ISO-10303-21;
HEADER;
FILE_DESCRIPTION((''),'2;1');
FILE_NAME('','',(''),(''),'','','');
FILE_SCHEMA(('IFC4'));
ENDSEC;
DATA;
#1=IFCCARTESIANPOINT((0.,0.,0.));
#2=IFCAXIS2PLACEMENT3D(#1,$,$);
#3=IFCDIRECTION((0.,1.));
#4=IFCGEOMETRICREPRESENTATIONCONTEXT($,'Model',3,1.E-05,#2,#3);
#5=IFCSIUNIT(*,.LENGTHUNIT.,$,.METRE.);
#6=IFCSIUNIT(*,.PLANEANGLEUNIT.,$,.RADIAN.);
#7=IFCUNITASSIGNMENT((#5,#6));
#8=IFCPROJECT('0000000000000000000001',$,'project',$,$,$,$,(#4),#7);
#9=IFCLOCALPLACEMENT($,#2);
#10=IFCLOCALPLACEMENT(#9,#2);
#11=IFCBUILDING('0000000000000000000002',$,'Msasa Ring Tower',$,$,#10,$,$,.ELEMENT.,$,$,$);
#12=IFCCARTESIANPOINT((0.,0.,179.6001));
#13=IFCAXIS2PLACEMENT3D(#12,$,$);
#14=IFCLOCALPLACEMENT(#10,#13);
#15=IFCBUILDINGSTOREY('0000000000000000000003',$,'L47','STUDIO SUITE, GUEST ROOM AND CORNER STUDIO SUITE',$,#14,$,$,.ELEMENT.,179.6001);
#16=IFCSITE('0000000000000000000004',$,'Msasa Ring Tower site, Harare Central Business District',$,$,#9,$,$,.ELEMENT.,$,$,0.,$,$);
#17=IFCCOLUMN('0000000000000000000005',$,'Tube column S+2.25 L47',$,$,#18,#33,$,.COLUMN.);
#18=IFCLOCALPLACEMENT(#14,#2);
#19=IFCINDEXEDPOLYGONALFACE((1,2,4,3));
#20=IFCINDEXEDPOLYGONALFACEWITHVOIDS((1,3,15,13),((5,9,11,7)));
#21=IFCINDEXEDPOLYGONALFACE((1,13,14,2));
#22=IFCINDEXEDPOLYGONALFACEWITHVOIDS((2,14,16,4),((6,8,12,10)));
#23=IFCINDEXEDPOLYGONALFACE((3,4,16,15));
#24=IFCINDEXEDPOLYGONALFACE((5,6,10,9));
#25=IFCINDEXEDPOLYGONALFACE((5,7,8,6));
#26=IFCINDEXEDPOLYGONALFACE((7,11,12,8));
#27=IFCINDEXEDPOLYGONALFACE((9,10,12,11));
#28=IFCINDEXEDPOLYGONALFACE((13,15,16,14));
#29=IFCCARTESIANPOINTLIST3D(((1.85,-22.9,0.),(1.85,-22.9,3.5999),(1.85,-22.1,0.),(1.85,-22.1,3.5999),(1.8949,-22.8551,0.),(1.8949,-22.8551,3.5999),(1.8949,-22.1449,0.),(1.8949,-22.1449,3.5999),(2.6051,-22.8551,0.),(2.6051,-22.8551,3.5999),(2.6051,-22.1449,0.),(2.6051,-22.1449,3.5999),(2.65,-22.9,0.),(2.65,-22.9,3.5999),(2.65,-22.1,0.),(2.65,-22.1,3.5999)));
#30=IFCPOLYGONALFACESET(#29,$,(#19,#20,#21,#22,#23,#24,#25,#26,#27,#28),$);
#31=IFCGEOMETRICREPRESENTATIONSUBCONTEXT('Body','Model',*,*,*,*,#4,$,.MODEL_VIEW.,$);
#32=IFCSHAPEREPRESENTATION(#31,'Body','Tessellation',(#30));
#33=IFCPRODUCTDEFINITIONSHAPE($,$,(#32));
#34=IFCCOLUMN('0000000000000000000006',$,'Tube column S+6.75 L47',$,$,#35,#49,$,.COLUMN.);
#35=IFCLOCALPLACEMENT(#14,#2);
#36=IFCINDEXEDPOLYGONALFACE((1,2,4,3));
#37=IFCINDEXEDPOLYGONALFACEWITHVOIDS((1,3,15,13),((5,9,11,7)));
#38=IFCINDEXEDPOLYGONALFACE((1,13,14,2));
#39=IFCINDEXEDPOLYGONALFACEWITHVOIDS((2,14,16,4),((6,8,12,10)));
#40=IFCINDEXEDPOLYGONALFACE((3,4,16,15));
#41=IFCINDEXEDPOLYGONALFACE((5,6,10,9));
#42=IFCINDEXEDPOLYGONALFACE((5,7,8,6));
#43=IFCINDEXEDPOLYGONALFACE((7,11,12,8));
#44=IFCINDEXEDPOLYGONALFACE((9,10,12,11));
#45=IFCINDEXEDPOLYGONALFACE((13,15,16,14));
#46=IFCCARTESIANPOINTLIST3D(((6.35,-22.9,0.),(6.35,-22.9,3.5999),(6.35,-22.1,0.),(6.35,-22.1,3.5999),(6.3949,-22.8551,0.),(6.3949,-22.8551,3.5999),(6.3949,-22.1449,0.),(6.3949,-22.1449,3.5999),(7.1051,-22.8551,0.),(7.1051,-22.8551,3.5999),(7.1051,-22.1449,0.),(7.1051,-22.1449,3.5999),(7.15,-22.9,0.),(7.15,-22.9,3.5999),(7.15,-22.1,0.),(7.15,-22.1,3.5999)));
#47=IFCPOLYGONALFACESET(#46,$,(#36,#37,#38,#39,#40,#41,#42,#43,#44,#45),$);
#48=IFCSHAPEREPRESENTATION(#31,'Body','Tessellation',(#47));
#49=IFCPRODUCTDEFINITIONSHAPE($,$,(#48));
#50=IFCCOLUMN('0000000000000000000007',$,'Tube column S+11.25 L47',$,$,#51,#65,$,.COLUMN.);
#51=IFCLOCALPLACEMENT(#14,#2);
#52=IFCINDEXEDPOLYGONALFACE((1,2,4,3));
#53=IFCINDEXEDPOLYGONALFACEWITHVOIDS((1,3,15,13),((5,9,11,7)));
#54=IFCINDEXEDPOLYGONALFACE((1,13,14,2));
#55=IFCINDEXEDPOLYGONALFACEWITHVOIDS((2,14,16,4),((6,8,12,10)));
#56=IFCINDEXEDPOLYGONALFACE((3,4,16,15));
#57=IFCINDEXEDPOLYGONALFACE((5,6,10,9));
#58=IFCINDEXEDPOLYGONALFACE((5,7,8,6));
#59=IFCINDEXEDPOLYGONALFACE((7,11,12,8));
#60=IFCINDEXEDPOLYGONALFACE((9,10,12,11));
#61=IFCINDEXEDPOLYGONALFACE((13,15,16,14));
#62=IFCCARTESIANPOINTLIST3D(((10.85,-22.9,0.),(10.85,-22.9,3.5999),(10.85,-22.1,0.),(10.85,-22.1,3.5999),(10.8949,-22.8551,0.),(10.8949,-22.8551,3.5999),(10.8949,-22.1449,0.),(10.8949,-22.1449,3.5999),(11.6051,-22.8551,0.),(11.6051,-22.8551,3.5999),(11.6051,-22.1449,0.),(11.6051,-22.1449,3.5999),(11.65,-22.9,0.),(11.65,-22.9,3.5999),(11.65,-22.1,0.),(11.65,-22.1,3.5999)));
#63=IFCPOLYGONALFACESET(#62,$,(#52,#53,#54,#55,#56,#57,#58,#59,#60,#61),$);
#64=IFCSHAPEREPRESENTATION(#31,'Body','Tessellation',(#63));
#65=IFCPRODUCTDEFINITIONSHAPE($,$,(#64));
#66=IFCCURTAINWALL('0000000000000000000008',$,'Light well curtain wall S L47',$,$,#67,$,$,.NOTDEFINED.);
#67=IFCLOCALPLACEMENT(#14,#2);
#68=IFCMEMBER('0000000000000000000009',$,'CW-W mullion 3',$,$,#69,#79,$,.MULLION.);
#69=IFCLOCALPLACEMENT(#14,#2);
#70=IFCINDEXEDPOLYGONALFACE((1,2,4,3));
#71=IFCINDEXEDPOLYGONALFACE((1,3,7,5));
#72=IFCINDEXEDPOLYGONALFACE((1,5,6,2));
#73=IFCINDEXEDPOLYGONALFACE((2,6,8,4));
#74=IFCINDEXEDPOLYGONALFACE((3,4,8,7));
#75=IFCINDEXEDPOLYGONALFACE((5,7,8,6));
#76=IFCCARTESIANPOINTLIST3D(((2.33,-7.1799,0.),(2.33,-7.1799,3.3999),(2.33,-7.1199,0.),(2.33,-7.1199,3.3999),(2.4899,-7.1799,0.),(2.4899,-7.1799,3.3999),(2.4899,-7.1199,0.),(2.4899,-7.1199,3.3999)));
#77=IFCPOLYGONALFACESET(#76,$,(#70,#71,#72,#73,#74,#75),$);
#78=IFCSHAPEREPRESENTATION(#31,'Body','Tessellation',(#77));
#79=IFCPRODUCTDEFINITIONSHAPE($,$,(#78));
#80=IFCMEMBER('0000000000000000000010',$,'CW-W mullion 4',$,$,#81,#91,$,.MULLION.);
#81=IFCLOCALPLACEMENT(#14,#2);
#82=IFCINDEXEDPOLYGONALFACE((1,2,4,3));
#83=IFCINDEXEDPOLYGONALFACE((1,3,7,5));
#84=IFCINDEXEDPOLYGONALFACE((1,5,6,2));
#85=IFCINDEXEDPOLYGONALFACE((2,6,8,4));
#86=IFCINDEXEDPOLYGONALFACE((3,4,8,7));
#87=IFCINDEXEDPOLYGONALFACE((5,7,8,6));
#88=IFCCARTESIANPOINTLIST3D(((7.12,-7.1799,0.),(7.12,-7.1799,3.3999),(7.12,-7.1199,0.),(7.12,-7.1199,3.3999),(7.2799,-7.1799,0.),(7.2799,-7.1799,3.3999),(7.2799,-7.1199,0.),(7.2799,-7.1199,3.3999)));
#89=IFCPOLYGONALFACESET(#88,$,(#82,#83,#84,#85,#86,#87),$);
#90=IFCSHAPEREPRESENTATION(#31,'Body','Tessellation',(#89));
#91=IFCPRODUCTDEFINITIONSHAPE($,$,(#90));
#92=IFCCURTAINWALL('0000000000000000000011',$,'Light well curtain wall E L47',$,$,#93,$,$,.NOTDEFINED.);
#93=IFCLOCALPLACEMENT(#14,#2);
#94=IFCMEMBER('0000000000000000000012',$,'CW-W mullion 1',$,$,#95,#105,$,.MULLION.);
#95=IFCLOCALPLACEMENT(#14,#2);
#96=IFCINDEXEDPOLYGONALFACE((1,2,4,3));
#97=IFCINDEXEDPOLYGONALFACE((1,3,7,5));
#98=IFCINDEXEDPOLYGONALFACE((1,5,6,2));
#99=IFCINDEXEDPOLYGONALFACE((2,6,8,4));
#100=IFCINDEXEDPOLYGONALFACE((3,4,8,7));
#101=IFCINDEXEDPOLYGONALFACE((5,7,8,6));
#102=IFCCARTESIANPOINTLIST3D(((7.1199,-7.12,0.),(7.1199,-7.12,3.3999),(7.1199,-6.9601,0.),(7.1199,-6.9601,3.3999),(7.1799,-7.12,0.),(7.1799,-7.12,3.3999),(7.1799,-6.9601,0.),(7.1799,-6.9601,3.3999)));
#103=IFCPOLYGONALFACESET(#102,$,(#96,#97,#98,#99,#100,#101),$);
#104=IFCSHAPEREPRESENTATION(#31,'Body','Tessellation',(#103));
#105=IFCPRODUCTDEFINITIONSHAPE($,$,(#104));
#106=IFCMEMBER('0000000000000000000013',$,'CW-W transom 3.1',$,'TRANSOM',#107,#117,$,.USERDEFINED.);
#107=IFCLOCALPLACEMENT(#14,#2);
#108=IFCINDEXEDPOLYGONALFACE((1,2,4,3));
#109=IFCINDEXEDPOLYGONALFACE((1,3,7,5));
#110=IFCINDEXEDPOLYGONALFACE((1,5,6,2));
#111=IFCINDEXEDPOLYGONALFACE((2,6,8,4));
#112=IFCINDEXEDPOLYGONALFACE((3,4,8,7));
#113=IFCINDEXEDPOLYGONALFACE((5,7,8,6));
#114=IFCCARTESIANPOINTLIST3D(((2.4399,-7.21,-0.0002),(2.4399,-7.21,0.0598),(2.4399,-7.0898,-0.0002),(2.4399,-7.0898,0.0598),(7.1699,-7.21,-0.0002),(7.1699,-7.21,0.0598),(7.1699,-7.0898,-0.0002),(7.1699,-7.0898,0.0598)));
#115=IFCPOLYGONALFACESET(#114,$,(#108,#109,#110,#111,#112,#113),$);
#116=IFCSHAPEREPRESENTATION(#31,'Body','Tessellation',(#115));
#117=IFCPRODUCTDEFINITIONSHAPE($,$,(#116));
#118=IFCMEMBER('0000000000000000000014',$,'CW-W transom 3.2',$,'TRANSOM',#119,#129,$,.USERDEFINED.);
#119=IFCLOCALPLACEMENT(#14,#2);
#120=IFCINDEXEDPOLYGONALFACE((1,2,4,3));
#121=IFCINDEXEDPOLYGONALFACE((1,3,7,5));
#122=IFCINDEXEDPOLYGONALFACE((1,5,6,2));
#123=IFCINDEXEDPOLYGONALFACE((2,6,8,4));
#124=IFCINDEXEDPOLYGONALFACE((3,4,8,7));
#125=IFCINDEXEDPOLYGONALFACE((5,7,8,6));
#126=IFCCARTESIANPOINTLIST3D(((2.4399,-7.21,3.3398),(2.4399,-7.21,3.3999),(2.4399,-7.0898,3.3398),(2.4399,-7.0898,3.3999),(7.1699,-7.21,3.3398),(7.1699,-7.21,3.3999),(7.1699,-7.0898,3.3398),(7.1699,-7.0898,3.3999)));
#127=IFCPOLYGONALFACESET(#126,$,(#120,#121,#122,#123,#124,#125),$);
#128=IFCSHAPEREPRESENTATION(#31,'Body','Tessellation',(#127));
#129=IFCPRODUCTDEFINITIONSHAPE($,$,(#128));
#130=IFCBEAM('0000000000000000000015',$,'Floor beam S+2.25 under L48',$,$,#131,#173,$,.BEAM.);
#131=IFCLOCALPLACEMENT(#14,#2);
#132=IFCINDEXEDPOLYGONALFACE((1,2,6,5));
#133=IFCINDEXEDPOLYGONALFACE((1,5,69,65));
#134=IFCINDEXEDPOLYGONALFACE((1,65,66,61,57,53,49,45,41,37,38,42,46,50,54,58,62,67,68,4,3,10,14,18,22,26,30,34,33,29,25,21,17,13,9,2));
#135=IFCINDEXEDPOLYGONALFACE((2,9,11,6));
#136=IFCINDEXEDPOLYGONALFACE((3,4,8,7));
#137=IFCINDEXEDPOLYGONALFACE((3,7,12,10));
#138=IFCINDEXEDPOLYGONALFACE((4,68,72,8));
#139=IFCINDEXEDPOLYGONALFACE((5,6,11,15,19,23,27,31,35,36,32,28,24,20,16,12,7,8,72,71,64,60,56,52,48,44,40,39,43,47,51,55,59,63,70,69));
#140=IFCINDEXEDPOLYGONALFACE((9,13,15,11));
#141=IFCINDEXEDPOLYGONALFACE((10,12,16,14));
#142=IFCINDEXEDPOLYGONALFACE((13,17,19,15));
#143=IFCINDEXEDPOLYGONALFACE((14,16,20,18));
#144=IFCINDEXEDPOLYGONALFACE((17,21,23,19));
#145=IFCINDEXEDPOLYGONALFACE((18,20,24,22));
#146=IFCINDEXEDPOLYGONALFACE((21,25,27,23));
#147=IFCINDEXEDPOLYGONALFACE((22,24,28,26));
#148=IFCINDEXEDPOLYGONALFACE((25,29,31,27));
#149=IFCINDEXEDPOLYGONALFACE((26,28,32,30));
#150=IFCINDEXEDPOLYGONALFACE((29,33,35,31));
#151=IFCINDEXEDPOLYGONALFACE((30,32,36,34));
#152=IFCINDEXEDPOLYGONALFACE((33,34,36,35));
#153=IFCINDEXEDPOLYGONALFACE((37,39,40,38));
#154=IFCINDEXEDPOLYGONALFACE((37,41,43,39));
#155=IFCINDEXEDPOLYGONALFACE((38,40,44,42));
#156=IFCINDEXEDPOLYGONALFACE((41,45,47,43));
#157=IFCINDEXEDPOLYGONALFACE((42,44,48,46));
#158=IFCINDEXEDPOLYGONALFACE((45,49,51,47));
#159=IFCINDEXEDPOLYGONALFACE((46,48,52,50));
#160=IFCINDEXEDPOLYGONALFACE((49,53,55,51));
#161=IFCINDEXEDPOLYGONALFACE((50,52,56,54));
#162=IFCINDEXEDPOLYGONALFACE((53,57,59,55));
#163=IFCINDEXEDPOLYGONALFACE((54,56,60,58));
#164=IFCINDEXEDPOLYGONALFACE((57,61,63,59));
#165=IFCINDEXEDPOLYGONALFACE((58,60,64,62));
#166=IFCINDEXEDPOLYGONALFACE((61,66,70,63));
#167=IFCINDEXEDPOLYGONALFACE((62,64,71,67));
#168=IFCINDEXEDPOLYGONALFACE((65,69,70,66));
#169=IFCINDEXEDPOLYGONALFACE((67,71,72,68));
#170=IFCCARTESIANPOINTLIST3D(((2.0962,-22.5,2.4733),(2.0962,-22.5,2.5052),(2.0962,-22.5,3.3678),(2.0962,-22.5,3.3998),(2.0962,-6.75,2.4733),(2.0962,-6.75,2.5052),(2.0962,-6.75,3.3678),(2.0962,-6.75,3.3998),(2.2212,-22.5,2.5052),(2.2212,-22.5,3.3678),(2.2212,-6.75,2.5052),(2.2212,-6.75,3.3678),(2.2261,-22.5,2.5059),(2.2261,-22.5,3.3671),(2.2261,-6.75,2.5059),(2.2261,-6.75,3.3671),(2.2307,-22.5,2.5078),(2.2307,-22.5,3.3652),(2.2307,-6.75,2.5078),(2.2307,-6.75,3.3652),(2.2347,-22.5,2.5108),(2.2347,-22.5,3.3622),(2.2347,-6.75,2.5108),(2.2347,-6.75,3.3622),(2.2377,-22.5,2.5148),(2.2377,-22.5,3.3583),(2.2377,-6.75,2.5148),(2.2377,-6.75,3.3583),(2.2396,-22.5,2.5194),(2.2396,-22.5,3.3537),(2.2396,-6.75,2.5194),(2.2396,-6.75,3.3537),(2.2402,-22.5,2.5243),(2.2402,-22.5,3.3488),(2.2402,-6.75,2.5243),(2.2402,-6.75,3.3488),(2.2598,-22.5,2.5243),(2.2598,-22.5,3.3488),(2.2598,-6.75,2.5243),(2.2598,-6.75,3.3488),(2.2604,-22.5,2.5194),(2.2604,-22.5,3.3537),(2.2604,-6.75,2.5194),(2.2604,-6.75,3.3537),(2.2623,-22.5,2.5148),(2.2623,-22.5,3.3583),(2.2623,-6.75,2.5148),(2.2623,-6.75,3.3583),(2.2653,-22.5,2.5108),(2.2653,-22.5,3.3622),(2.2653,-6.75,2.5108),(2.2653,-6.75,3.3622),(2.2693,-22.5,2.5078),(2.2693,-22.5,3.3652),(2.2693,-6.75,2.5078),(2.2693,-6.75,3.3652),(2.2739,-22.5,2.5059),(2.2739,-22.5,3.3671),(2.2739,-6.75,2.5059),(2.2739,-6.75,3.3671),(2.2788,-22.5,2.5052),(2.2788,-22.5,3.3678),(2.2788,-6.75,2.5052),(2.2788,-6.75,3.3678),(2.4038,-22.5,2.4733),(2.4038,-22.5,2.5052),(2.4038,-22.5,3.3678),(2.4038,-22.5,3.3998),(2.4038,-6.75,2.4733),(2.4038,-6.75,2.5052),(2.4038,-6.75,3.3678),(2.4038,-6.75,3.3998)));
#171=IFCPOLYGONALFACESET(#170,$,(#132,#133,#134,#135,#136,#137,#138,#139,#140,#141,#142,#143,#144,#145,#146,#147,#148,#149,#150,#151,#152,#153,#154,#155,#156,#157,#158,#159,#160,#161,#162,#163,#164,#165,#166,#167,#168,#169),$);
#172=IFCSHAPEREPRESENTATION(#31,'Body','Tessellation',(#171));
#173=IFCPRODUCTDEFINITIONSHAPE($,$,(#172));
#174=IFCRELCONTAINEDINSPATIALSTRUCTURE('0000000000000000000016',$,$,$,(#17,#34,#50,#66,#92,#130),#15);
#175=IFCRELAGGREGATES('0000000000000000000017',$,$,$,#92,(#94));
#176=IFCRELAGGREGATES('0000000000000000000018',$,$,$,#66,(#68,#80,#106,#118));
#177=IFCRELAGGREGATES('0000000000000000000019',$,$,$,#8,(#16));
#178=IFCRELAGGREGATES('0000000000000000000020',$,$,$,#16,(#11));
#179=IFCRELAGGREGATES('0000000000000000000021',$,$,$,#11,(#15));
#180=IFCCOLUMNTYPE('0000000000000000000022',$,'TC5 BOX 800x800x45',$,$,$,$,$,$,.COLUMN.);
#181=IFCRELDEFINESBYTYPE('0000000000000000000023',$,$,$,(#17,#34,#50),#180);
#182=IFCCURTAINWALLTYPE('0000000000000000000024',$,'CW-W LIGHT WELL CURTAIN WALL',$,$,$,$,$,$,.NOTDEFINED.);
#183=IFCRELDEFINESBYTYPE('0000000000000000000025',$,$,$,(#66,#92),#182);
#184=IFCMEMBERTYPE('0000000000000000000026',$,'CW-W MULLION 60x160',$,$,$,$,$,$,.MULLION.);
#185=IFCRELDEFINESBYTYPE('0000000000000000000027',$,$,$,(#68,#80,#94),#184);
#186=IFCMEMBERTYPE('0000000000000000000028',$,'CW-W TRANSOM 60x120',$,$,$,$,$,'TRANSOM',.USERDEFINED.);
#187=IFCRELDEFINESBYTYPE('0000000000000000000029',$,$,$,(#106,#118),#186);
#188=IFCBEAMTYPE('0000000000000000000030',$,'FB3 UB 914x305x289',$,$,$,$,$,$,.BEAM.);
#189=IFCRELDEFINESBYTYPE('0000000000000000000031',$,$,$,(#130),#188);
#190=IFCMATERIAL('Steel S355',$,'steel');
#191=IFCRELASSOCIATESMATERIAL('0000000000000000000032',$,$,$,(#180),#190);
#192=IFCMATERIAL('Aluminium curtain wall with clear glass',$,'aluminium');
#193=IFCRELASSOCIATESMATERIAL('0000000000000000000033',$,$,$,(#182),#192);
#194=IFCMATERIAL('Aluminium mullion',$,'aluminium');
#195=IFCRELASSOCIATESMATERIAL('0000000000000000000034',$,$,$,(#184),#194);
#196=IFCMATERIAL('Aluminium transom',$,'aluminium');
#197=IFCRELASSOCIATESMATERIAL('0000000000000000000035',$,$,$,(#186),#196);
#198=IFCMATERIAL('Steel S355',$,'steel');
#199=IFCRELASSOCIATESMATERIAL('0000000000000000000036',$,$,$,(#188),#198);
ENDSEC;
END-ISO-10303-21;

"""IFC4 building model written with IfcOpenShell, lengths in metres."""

from ifc_helpers import new_model, si_unit, direction, frame, origin, origin_2d, place, context, subcontext, project, spatial, rectangle, hollow_rectangle, i_section, extrude, material, material_profile, profile_set, type_object, element, aggregate, save


model = new_model("IFC4")

# Units and contexts
model_context = context("Model", 3, precision=1e-05, world=origin(), true_north=direction((0.0, 1.0)))
body_context = subcontext(model_context, "Body", "Model", "MODEL_VIEW")
ifc_project = project(units=[si_unit("LENGTHUNIT", "METRE"), si_unit("PLANEANGLEUNIT", "RADIAN")], contexts=[model_context])

# Site, building, storey
site_placement = place(None, origin())
site = spatial("IfcSite", under=ifc_project, at=site_placement, Name="Msasa Ring Tower site, Harare Central Business District", CompositionType="ELEMENT", RefElevation=0.0)
building_placement = place(site_placement, origin())
building = spatial("IfcBuilding", under=site, at=building_placement, Name="Msasa Ring Tower", CompositionType="ELEMENT")
storey_placement = place(building_placement, frame((0.0, 0.0, 179.6001)))
storey = spatial("IfcBuildingStorey", under=building, at=storey_placement, Name="L47", Description="STUDIO SUITE, GUEST ROOM AND CORNER STUDIO SUITE", CompositionType="ELEMENT", Elevation=179.6001)

# Columns
ifc_material_1 = material(Name="Steel S355", Category="steel")
ifc_material_profile_1 = material_profile(ifc_material_1, hollow_rectangle(XDim=0.8, YDim=0.8, WallThickness=0.0449, at=origin_2d()), Name="BOX 800x800x45")
ifc_profile_set_1 = profile_set([ifc_material_profile_1], Name="Steel S355")
column_type = type_object("IfcColumnType", Name="TC5 BOX 800x800x45", PredefinedType="COLUMN", material=ifc_profile_set_1)
for number, where, z_axis, x_axis, name in (
    (1, (2.25, -22.5, 0.0), (0.0, 0.0, 1.0), (0.0, 1.0, 0.0), "Tube column S+2.25 L47"),
    (2, (6.75, -22.5, 0.0), (0.0, 0.0, 1.0), (0.0, 1.0, 0.0), "Tube column S+6.75 L47"),
    (3, (11.25, -22.5, 0.0), (0.0, 0.0, 1.0), (0.0, 1.0, 0.0), "Tube column S+11.25 L47"),
):
    element("IfcColumn", number, at=place(storey_placement, frame(where, z_axis=z_axis, x_axis=x_axis)), inside=storey, type_object=column_type, Name=name, PredefinedType="COLUMN", context=body_context, shape_type="SweptSolid", body=[
        extrude(hollow_rectangle(XDim=0.8, YDim=0.8, WallThickness=0.0449, at=origin_2d()), origin(), (0.0, 0.0, 1.0), 3.5999),
    ])

# Curtain wall, members
ifc_material_2 = material(Name="Aluminium curtain wall with clear glass", Category="aluminium")
curtain_wall_type = type_object("IfcCurtainWallType", Name="CW-W LIGHT WELL CURTAIN WALL", PredefinedType="NOTDEFINED", material=ifc_material_2)
curtain_wall_1_placement = place(storey_placement, origin())
curtain_wall_1 = element("IfcCurtainWall", 4, at=curtain_wall_1_placement, inside=storey, type_object=curtain_wall_type, Name="Light well curtain wall S L47", PredefinedType="NOTDEFINED")
ifc_material_3 = material(Name="Aluminium mullion", Category="aluminium")
ifc_material_profile_2 = material_profile(ifc_material_3, rectangle(XDim=0.0601, YDim=0.1599, at=origin_2d()), Name="AL 60x160")
ifc_profile_set_2 = profile_set([ifc_material_profile_2], Name="Aluminium mullion")
member_type_1 = type_object("IfcMemberType", Name="CW-W MULLION 60x160", PredefinedType="MULLION", material=ifc_profile_set_2)
member_1_placement = place(storey_placement, frame((2.4099, -7.1499, 0.0), z_axis=(0.0, 0.0, 1.0), x_axis=(0.0, 1.0, 0.0)))
member_1 = element("IfcMember", 5, at=member_1_placement, type_object=member_type_1, Name="CW-W mullion 3", PredefinedType="MULLION", context=body_context, shape_type="SweptSolid", body=[
    extrude(rectangle(XDim=0.0601, YDim=0.1599, at=origin_2d()), origin(), (0.0, 0.0, 1.0), 3.3999),
])
member_2_placement = place(storey_placement, frame((7.2, -7.1499, 0.0), z_axis=(0.0, 0.0, 1.0), x_axis=(0.0, 1.0, 0.0)))
member_2 = element("IfcMember", 6, at=member_2_placement, type_object=member_type_1, Name="CW-W mullion 4", PredefinedType="MULLION", context=body_context, shape_type="SweptSolid", body=[
    extrude(rectangle(XDim=0.0601, YDim=0.1599, at=origin_2d()), origin(), (0.0, 0.0, 1.0), 3.3999),
])

# Curtain wall, member
curtain_wall_2_placement = place(storey_placement, origin())
curtain_wall_2 = element("IfcCurtainWall", 7, at=curtain_wall_2_placement, inside=storey, type_object=curtain_wall_type, Name="Light well curtain wall E L47", PredefinedType="NOTDEFINED")
member_3_placement = place(storey_placement, frame((7.1499, -7.04, 0.0), z_axis=(0.0, 0.0, 1.0), x_axis=(-1.0, 0.0, 0.0)))
member_3 = element("IfcMember", 8, at=member_3_placement, type_object=member_type_1, Name="CW-W mullion 1", PredefinedType="MULLION", context=body_context, shape_type="SweptSolid", body=[
    extrude(rectangle(XDim=0.0601, YDim=0.1599, at=origin_2d()), origin(), (0.0, 0.0, 1.0), 3.3999),
])
aggregate(curtain_wall_2, [member_3])

# Members
ifc_material_4 = material(Name="Aluminium transom", Category="aluminium")
ifc_material_profile_3 = material_profile(ifc_material_4, rectangle(XDim=0.1201, YDim=0.0601, at=origin_2d()), Name="AL 60x120")
ifc_profile_set_3 = profile_set([ifc_material_profile_3], Name="Aluminium transom")
member_type_2 = type_object("IfcMemberType", Name="CW-W TRANSOM 60x120", ElementType="TRANSOM", PredefinedType="USERDEFINED", material=ifc_profile_set_3)
member_4_placement = place(storey_placement, frame((2.4399, -7.1499, 0.0298), z_axis=(1.0, 0.0, 0.0), x_axis=(0.0, 1.0, 0.0)))
member_4 = element("IfcMember", 9, at=member_4_placement, type_object=member_type_2, Name="CW-W transom 3.1", ObjectType="TRANSOM", PredefinedType="USERDEFINED", context=body_context, shape_type="SweptSolid", body=[
    extrude(rectangle(XDim=0.1201, YDim=0.0601, at=origin_2d()), origin(), (0.0, 0.0, 1.0), 4.73),
])
member_5_placement = place(storey_placement, frame((2.4399, -7.1499, 3.3699), z_axis=(1.0, 0.0, 0.0), x_axis=(0.0, 1.0, 0.0)))
member_5 = element("IfcMember", 10, at=member_5_placement, type_object=member_type_2, Name="CW-W transom 3.2", ObjectType="TRANSOM", PredefinedType="USERDEFINED", context=body_context, shape_type="SweptSolid", body=[
    extrude(rectangle(XDim=0.1201, YDim=0.0601, at=origin_2d()), origin(), (0.0, 0.0, 1.0), 4.73),
])

# Beam
ifc_material_5 = material(Name="Steel S355", Category="steel")
ifc_material_profile_4 = material_profile(ifc_material_5, i_section(OverallWidth=0.3076, OverallDepth=0.9265, WebThickness=0.0195, FlangeThickness=0.032, FilletRadius=0.019, at=origin_2d()), Name="UB 914x305x289")
ifc_profile_set_4 = profile_set([ifc_material_profile_4], Name="Steel S355")
beam_type_1 = type_object("IfcBeamType", Name="FB3 UB 914x305x289", PredefinedType="BEAM", material=ifc_profile_set_4)
for number, where, z_axis, x_axis, name in (
    (11, (2.25, -22.5, 2.9365), (0.0, 1.0, 0.0), (-1.0, 0.0, 0.0), "Floor beam S+2.25 under L48"),
):
    element("IfcBeam", number, at=place(storey_placement, frame(where, z_axis=z_axis, x_axis=x_axis)), inside=storey, type_object=beam_type_1, Name=name, PredefinedType="BEAM", context=body_context, shape_type="SweptSolid", body=[
        extrude(i_section(OverallWidth=0.3076, OverallDepth=0.9265, WebThickness=0.0195, FlangeThickness=0.032, FilletRadius=0.019, at=origin_2d()), origin(), (0.0, 0.0, 1.0), 15.75),
    ])

aggregate(curtain_wall_1, [member_1, member_2, member_4, member_5])

save(model, "model.ifc")
